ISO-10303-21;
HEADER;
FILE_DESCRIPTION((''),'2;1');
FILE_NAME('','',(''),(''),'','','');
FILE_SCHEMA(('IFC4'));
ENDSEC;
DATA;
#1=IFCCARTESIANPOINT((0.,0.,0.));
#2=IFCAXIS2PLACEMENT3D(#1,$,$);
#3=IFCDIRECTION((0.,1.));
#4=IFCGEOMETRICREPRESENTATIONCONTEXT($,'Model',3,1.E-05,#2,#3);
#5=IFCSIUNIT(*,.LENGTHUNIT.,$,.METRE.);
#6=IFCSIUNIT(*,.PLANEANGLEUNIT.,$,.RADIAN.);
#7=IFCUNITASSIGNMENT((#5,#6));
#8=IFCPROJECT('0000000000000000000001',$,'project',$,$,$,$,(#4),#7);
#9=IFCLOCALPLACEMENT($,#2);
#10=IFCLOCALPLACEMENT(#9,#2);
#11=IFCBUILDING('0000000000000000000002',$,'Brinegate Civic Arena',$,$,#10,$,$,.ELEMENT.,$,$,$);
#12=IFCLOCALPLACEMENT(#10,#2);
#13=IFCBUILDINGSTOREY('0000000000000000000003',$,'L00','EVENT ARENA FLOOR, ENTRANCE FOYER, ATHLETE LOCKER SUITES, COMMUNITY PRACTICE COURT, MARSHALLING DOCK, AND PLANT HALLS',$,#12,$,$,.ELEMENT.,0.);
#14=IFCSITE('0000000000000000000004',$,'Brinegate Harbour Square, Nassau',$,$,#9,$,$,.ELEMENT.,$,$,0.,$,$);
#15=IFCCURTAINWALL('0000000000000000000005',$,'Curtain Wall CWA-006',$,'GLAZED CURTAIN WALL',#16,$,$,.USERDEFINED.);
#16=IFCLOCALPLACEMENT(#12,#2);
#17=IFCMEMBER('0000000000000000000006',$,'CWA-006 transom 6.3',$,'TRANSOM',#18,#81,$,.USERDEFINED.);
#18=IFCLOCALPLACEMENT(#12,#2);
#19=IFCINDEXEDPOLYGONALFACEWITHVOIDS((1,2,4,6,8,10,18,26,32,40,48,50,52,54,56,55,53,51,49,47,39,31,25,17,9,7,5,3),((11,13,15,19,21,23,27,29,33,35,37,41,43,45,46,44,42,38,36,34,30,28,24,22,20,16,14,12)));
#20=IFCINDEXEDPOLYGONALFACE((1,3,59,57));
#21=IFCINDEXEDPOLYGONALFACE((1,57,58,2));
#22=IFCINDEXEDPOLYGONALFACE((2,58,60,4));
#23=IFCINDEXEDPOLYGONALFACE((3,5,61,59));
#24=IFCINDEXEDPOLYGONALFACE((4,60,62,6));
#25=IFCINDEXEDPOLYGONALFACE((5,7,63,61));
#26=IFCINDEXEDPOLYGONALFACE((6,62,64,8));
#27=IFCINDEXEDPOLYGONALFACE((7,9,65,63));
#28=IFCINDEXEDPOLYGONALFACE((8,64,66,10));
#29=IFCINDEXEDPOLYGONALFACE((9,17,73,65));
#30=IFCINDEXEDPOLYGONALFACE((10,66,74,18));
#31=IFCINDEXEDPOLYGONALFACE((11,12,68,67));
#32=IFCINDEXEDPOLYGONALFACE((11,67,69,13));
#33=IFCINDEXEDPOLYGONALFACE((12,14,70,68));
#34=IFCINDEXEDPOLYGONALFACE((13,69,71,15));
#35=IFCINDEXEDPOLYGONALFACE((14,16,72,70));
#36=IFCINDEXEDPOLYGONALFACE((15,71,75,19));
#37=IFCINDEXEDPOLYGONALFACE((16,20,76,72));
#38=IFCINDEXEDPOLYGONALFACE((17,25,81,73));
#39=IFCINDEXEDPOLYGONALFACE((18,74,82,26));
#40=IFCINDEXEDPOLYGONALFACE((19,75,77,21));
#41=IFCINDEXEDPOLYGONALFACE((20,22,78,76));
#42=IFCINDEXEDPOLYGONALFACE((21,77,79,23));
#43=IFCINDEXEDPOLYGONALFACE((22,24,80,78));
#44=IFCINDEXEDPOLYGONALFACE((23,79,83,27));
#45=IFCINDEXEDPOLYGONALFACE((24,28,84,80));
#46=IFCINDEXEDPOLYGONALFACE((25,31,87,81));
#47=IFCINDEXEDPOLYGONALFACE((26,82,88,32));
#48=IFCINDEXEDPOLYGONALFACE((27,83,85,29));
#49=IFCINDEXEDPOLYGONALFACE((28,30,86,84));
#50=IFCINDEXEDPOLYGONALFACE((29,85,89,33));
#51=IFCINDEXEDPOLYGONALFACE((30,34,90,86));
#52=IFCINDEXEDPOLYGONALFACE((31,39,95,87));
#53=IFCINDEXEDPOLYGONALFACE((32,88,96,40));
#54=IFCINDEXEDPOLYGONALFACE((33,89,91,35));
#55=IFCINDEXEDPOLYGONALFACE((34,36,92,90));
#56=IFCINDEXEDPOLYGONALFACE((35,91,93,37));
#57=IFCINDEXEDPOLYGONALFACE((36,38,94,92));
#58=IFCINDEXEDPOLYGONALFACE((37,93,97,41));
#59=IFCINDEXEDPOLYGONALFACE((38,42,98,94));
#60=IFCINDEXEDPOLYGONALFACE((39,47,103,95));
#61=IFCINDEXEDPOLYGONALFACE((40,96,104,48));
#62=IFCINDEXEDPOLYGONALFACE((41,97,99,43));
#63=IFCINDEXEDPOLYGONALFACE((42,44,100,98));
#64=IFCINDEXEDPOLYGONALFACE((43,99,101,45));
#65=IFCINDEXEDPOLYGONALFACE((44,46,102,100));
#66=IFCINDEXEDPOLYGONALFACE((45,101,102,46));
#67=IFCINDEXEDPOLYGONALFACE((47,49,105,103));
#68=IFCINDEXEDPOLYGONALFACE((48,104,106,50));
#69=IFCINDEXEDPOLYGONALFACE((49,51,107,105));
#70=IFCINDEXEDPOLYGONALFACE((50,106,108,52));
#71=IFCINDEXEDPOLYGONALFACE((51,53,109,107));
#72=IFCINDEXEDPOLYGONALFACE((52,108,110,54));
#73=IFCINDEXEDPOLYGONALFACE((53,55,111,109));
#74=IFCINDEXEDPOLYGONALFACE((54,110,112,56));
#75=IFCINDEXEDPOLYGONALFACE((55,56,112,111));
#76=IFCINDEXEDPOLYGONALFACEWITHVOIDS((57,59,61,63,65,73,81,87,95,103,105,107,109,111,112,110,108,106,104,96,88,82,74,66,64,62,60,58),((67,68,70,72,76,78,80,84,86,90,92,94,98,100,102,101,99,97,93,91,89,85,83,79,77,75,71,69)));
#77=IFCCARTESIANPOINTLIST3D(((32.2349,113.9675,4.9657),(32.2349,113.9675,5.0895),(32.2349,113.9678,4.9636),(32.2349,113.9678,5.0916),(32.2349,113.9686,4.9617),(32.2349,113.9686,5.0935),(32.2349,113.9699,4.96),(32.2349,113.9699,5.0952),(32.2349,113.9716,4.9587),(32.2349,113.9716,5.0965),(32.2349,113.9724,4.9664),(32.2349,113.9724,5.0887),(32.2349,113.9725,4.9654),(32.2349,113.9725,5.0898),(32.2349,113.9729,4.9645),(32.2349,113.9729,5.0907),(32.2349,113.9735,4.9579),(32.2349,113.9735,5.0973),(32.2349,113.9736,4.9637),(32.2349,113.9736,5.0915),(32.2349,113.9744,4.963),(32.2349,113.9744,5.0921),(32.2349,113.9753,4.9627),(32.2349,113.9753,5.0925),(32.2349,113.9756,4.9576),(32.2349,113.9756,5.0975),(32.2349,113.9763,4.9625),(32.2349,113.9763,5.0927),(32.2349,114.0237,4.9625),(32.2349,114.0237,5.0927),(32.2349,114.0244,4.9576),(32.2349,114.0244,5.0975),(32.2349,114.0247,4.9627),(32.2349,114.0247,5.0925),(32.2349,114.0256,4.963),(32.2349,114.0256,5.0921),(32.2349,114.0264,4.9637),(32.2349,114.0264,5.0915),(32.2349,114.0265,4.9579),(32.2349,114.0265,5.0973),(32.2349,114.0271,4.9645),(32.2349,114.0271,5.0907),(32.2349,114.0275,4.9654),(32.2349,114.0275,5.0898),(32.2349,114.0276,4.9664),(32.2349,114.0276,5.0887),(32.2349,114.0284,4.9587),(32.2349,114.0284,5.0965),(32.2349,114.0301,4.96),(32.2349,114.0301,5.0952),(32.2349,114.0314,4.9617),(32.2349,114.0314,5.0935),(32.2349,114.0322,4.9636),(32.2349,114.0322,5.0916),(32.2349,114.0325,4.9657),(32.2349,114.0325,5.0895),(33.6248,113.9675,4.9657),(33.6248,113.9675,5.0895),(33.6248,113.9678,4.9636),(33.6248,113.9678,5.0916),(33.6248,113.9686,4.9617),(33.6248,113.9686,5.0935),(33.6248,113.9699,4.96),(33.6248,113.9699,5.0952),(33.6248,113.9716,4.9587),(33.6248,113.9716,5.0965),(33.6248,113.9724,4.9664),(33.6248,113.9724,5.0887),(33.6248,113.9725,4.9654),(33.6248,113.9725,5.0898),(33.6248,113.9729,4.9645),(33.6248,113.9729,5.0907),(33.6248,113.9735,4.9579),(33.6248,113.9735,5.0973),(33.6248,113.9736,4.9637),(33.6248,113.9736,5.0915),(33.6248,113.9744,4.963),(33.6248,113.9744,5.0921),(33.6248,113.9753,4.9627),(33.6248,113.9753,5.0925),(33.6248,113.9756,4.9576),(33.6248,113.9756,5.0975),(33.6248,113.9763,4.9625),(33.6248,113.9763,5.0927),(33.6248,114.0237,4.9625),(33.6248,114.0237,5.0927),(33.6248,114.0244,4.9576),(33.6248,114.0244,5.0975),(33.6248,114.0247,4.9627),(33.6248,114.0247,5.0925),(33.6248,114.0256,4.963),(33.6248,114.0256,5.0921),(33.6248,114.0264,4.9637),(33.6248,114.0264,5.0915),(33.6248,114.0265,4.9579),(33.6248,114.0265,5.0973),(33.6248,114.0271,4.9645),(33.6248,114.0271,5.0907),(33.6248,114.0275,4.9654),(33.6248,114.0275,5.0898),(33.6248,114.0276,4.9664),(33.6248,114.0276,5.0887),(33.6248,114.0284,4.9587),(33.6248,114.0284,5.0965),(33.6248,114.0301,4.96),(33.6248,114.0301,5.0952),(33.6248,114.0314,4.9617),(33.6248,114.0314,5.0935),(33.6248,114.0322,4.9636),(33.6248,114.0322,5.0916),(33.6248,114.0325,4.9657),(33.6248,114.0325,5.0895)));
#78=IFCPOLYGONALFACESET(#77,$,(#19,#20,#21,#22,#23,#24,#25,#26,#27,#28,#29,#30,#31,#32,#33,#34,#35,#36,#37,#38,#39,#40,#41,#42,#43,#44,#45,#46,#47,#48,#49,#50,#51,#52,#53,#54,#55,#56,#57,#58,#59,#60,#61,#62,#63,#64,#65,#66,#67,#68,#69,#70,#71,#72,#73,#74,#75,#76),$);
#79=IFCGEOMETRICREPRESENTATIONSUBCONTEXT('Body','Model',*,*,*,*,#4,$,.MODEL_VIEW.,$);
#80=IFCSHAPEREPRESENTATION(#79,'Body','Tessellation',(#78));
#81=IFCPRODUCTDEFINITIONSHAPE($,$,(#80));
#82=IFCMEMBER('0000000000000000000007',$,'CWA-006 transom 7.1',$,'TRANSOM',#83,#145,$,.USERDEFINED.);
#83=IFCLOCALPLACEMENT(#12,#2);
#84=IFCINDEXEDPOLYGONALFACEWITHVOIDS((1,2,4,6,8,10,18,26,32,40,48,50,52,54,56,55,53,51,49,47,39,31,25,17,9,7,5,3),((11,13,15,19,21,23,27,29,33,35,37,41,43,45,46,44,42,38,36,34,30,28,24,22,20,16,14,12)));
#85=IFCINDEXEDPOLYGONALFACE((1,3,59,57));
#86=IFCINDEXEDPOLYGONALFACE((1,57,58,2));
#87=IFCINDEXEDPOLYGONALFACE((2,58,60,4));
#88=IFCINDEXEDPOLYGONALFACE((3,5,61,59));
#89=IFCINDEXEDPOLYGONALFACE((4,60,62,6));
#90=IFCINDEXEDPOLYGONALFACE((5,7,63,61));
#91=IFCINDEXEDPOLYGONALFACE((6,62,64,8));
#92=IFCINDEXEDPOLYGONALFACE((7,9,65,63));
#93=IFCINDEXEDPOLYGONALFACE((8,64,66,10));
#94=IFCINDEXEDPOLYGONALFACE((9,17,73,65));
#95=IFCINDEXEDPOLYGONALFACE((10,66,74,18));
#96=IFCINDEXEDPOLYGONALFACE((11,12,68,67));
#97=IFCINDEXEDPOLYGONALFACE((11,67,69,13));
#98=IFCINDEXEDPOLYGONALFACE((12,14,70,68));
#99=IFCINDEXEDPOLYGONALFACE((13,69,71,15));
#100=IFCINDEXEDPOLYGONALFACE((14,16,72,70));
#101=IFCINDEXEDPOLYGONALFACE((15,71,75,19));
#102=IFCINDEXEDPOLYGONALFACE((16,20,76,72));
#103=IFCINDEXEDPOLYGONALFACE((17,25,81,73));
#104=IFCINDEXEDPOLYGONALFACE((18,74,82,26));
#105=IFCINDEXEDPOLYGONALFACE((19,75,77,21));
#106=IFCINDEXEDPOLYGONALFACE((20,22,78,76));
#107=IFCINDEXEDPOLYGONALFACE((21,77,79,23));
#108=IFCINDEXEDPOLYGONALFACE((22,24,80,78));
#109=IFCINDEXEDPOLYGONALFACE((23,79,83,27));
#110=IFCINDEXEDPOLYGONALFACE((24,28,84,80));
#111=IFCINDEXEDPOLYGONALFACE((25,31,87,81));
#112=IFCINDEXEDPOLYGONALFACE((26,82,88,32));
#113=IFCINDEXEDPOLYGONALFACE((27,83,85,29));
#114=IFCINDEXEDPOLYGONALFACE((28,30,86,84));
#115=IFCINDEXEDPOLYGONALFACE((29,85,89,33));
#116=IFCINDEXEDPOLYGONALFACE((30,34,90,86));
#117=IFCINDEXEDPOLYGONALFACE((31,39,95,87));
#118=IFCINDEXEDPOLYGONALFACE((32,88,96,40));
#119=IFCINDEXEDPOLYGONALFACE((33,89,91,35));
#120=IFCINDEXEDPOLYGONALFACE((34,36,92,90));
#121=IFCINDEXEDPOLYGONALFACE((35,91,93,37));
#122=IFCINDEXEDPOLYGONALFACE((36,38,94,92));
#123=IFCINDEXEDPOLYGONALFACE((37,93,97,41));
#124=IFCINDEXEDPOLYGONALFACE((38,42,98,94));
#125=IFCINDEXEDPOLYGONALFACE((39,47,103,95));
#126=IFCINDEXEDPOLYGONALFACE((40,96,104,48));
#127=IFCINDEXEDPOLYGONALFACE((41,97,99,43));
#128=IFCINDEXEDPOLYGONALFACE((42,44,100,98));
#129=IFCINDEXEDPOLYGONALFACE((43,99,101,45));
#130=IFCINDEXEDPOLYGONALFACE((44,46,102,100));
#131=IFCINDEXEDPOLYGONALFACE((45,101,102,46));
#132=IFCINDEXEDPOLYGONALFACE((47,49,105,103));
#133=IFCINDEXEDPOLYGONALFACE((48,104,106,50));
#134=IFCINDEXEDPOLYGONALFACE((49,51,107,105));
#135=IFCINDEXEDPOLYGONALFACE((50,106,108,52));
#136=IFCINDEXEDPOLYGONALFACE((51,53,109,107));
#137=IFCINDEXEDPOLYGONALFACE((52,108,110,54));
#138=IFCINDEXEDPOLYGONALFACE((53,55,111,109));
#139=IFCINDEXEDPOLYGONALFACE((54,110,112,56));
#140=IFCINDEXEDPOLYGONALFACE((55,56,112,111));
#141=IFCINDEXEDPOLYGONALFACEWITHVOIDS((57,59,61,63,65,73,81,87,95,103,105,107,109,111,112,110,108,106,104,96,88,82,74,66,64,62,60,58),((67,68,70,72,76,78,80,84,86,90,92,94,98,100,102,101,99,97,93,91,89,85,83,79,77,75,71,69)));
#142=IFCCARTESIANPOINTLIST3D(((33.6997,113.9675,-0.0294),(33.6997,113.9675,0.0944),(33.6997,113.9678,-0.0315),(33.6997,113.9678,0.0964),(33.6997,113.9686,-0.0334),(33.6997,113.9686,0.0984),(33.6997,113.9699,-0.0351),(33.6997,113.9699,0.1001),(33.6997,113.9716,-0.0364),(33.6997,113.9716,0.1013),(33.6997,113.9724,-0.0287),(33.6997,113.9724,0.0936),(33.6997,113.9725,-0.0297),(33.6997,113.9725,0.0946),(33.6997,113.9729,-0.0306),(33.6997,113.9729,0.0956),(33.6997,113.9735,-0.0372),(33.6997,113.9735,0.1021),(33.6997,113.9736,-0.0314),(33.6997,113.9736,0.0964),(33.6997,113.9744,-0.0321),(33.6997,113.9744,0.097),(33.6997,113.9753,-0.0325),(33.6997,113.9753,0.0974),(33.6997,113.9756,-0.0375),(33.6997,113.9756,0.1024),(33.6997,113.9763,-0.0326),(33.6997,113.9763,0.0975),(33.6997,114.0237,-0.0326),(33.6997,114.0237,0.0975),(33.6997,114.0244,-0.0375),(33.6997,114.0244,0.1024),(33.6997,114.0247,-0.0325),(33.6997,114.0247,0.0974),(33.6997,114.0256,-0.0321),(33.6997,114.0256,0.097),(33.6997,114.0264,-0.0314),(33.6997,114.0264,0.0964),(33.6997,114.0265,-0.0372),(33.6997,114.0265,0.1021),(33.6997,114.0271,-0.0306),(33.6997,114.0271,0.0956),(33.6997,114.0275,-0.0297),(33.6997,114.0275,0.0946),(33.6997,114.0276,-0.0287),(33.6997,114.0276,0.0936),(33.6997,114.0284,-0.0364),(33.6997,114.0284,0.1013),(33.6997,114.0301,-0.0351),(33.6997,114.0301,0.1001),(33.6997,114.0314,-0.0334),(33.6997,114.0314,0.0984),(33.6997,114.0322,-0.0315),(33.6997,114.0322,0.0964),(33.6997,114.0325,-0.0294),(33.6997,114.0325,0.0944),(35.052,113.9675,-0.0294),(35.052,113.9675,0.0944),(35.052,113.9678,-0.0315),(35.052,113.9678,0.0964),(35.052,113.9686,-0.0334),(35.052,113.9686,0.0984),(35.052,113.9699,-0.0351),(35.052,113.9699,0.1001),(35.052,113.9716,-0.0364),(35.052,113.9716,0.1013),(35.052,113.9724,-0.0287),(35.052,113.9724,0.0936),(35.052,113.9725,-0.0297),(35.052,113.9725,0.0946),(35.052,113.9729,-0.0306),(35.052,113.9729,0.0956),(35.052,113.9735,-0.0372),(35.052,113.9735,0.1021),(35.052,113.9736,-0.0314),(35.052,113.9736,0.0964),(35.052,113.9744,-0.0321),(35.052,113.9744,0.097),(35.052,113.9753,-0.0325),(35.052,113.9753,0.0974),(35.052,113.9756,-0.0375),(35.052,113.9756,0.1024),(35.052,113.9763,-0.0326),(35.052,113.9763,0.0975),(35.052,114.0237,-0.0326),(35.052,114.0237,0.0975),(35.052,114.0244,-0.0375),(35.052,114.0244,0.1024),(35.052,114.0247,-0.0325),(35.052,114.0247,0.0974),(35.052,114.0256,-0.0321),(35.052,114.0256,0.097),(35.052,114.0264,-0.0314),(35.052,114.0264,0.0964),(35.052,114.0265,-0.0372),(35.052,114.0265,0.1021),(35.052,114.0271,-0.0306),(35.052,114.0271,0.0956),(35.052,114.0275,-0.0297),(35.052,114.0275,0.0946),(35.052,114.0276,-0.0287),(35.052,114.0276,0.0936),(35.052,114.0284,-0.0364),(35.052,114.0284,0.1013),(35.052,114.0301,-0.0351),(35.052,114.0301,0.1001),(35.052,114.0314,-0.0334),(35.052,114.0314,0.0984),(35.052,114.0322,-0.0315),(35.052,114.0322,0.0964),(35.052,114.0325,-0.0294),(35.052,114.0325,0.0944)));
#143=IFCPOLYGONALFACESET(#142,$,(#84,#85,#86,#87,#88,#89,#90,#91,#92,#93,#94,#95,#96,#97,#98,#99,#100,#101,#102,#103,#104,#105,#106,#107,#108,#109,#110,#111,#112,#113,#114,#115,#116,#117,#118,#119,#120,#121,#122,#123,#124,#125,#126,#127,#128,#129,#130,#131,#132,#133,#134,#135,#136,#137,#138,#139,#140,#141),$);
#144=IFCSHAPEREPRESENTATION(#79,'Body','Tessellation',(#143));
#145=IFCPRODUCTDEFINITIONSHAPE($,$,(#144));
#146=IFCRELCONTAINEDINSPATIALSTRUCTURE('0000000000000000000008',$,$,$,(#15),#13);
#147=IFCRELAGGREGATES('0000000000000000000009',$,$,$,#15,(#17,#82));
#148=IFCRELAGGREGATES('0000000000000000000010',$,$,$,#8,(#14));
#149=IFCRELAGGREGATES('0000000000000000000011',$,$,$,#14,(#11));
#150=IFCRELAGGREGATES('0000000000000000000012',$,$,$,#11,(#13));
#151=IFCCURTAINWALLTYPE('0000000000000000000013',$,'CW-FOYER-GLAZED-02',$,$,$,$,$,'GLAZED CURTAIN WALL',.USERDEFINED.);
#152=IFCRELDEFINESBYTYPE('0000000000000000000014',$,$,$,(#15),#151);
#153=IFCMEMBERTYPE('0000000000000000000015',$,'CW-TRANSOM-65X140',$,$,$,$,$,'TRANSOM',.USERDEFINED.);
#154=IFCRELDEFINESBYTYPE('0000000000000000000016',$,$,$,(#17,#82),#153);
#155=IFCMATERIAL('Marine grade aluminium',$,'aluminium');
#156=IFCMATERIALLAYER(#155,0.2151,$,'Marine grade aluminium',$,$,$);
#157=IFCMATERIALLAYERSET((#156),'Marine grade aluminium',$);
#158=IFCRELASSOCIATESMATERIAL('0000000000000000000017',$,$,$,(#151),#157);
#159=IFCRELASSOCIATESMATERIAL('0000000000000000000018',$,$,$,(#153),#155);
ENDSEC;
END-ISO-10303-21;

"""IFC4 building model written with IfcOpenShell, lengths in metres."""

from ifc_helpers import new_model, si_unit, direction, frame, origin, origin_2d, place, context, subcontext, project, spatial, hollow_rectangle, extrude, material, layer, layer_set, material_profile, profile_set, type_object, element, aggregate, save


model = new_model("IFC4")

# Units and contexts
model_context = context("Model", 3, precision=1e-05, world=origin(), true_north=direction((0.0, 1.0)))
body_context = subcontext(model_context, "Body", "Model", "MODEL_VIEW")
ifc_project = project(units=[si_unit("LENGTHUNIT", "METRE"), si_unit("PLANEANGLEUNIT", "RADIAN")], contexts=[model_context])

# Site, building, storey
site_placement = place(None, origin())
site = spatial("IfcSite", under=ifc_project, at=site_placement, Name="Brinegate Harbour Square, Nassau", CompositionType="ELEMENT", RefElevation=0.0)
building_placement = place(site_placement, origin())
building = spatial("IfcBuilding", under=site, at=building_placement, Name="Brinegate Civic Arena", CompositionType="ELEMENT")
storey_placement = place(building_placement, origin())
storey = spatial("IfcBuildingStorey", under=building, at=storey_placement, Name="L00", Description="EVENT ARENA FLOOR, ENTRANCE FOYER, ATHLETE LOCKER SUITES, COMMUNITY PRACTICE COURT, MARSHALLING DOCK, AND PLANT HALLS", CompositionType="ELEMENT", Elevation=0.0)

# Curtain wall
ifc_material_1 = material(Name="Marine grade aluminium", Category="aluminium")
ifc_layer_1 = layer(ifc_material_1, 0.2151, Name="Marine grade aluminium")
ifc_layer_set_1 = layer_set([ifc_layer_1], Name="Marine grade aluminium")
curtain_wall_type = type_object("IfcCurtainWallType", Name="CW-FOYER-GLAZED-02", ElementType="GLAZED CURTAIN WALL", PredefinedType="USERDEFINED", material=ifc_layer_set_1)
curtain_wall_1_placement = place(storey_placement, origin())
curtain_wall_1 = element("IfcCurtainWall", 1, at=curtain_wall_1_placement, inside=storey, type_object=curtain_wall_type, Name="Curtain Wall CWA-006", ObjectType="GLAZED CURTAIN WALL", PredefinedType="USERDEFINED")

# Members
ifc_material_profile_1 = material_profile(ifc_material_1, hollow_rectangle(XDim=0.0649, YDim=0.1399, WallThickness=0.0049, InnerFilletRadius=0.0039, OuterFilletRadius=0.0081, at=origin_2d()), Name="TRN65X140")
ifc_profile_set_1 = profile_set([ifc_material_profile_1], Name="Marine grade aluminium")
member_type_1 = type_object("IfcMemberType", Name="CW-TRANSOM-65X140", ElementType="TRANSOM", PredefinedType="USERDEFINED", material=ifc_profile_set_1)
member_1_placement = place(storey_placement, frame((32.2349, 114.0, 5.0276), z_axis=(1.0, 0.0, 0.0), x_axis=(0.0, 1.0, 0.0)))
member_1 = element("IfcMember", 2, at=member_1_placement, type_object=member_type_1, Name="CWA-006 transom 6.3", ObjectType="TRANSOM", PredefinedType="USERDEFINED", context=body_context, shape_type="SweptSolid", body=[
    extrude(hollow_rectangle(XDim=0.0649, YDim=0.1399, WallThickness=0.0049, InnerFilletRadius=0.0039, OuterFilletRadius=0.0081, at=origin_2d()), origin(), (0.0, 0.0, 1.0), 1.3899),
])
member_2_placement = place(storey_placement, frame((33.6997, 114.0, 0.0325), z_axis=(1.0, 0.0, 0.0), x_axis=(0.0, 1.0, 0.0)))
member_2 = element("IfcMember", 3, at=member_2_placement, type_object=member_type_1, Name="CWA-006 transom 7.1", ObjectType="TRANSOM", PredefinedType="USERDEFINED", context=body_context, shape_type="SweptSolid", body=[
    extrude(hollow_rectangle(XDim=0.0649, YDim=0.1399, WallThickness=0.0049, InnerFilletRadius=0.0039, OuterFilletRadius=0.0081, at=origin_2d()), origin(), (0.0, 0.0, 1.0), 1.3523),
])

aggregate(curtain_wall_1, [member_1, member_2])

save(model, "model.ifc")
